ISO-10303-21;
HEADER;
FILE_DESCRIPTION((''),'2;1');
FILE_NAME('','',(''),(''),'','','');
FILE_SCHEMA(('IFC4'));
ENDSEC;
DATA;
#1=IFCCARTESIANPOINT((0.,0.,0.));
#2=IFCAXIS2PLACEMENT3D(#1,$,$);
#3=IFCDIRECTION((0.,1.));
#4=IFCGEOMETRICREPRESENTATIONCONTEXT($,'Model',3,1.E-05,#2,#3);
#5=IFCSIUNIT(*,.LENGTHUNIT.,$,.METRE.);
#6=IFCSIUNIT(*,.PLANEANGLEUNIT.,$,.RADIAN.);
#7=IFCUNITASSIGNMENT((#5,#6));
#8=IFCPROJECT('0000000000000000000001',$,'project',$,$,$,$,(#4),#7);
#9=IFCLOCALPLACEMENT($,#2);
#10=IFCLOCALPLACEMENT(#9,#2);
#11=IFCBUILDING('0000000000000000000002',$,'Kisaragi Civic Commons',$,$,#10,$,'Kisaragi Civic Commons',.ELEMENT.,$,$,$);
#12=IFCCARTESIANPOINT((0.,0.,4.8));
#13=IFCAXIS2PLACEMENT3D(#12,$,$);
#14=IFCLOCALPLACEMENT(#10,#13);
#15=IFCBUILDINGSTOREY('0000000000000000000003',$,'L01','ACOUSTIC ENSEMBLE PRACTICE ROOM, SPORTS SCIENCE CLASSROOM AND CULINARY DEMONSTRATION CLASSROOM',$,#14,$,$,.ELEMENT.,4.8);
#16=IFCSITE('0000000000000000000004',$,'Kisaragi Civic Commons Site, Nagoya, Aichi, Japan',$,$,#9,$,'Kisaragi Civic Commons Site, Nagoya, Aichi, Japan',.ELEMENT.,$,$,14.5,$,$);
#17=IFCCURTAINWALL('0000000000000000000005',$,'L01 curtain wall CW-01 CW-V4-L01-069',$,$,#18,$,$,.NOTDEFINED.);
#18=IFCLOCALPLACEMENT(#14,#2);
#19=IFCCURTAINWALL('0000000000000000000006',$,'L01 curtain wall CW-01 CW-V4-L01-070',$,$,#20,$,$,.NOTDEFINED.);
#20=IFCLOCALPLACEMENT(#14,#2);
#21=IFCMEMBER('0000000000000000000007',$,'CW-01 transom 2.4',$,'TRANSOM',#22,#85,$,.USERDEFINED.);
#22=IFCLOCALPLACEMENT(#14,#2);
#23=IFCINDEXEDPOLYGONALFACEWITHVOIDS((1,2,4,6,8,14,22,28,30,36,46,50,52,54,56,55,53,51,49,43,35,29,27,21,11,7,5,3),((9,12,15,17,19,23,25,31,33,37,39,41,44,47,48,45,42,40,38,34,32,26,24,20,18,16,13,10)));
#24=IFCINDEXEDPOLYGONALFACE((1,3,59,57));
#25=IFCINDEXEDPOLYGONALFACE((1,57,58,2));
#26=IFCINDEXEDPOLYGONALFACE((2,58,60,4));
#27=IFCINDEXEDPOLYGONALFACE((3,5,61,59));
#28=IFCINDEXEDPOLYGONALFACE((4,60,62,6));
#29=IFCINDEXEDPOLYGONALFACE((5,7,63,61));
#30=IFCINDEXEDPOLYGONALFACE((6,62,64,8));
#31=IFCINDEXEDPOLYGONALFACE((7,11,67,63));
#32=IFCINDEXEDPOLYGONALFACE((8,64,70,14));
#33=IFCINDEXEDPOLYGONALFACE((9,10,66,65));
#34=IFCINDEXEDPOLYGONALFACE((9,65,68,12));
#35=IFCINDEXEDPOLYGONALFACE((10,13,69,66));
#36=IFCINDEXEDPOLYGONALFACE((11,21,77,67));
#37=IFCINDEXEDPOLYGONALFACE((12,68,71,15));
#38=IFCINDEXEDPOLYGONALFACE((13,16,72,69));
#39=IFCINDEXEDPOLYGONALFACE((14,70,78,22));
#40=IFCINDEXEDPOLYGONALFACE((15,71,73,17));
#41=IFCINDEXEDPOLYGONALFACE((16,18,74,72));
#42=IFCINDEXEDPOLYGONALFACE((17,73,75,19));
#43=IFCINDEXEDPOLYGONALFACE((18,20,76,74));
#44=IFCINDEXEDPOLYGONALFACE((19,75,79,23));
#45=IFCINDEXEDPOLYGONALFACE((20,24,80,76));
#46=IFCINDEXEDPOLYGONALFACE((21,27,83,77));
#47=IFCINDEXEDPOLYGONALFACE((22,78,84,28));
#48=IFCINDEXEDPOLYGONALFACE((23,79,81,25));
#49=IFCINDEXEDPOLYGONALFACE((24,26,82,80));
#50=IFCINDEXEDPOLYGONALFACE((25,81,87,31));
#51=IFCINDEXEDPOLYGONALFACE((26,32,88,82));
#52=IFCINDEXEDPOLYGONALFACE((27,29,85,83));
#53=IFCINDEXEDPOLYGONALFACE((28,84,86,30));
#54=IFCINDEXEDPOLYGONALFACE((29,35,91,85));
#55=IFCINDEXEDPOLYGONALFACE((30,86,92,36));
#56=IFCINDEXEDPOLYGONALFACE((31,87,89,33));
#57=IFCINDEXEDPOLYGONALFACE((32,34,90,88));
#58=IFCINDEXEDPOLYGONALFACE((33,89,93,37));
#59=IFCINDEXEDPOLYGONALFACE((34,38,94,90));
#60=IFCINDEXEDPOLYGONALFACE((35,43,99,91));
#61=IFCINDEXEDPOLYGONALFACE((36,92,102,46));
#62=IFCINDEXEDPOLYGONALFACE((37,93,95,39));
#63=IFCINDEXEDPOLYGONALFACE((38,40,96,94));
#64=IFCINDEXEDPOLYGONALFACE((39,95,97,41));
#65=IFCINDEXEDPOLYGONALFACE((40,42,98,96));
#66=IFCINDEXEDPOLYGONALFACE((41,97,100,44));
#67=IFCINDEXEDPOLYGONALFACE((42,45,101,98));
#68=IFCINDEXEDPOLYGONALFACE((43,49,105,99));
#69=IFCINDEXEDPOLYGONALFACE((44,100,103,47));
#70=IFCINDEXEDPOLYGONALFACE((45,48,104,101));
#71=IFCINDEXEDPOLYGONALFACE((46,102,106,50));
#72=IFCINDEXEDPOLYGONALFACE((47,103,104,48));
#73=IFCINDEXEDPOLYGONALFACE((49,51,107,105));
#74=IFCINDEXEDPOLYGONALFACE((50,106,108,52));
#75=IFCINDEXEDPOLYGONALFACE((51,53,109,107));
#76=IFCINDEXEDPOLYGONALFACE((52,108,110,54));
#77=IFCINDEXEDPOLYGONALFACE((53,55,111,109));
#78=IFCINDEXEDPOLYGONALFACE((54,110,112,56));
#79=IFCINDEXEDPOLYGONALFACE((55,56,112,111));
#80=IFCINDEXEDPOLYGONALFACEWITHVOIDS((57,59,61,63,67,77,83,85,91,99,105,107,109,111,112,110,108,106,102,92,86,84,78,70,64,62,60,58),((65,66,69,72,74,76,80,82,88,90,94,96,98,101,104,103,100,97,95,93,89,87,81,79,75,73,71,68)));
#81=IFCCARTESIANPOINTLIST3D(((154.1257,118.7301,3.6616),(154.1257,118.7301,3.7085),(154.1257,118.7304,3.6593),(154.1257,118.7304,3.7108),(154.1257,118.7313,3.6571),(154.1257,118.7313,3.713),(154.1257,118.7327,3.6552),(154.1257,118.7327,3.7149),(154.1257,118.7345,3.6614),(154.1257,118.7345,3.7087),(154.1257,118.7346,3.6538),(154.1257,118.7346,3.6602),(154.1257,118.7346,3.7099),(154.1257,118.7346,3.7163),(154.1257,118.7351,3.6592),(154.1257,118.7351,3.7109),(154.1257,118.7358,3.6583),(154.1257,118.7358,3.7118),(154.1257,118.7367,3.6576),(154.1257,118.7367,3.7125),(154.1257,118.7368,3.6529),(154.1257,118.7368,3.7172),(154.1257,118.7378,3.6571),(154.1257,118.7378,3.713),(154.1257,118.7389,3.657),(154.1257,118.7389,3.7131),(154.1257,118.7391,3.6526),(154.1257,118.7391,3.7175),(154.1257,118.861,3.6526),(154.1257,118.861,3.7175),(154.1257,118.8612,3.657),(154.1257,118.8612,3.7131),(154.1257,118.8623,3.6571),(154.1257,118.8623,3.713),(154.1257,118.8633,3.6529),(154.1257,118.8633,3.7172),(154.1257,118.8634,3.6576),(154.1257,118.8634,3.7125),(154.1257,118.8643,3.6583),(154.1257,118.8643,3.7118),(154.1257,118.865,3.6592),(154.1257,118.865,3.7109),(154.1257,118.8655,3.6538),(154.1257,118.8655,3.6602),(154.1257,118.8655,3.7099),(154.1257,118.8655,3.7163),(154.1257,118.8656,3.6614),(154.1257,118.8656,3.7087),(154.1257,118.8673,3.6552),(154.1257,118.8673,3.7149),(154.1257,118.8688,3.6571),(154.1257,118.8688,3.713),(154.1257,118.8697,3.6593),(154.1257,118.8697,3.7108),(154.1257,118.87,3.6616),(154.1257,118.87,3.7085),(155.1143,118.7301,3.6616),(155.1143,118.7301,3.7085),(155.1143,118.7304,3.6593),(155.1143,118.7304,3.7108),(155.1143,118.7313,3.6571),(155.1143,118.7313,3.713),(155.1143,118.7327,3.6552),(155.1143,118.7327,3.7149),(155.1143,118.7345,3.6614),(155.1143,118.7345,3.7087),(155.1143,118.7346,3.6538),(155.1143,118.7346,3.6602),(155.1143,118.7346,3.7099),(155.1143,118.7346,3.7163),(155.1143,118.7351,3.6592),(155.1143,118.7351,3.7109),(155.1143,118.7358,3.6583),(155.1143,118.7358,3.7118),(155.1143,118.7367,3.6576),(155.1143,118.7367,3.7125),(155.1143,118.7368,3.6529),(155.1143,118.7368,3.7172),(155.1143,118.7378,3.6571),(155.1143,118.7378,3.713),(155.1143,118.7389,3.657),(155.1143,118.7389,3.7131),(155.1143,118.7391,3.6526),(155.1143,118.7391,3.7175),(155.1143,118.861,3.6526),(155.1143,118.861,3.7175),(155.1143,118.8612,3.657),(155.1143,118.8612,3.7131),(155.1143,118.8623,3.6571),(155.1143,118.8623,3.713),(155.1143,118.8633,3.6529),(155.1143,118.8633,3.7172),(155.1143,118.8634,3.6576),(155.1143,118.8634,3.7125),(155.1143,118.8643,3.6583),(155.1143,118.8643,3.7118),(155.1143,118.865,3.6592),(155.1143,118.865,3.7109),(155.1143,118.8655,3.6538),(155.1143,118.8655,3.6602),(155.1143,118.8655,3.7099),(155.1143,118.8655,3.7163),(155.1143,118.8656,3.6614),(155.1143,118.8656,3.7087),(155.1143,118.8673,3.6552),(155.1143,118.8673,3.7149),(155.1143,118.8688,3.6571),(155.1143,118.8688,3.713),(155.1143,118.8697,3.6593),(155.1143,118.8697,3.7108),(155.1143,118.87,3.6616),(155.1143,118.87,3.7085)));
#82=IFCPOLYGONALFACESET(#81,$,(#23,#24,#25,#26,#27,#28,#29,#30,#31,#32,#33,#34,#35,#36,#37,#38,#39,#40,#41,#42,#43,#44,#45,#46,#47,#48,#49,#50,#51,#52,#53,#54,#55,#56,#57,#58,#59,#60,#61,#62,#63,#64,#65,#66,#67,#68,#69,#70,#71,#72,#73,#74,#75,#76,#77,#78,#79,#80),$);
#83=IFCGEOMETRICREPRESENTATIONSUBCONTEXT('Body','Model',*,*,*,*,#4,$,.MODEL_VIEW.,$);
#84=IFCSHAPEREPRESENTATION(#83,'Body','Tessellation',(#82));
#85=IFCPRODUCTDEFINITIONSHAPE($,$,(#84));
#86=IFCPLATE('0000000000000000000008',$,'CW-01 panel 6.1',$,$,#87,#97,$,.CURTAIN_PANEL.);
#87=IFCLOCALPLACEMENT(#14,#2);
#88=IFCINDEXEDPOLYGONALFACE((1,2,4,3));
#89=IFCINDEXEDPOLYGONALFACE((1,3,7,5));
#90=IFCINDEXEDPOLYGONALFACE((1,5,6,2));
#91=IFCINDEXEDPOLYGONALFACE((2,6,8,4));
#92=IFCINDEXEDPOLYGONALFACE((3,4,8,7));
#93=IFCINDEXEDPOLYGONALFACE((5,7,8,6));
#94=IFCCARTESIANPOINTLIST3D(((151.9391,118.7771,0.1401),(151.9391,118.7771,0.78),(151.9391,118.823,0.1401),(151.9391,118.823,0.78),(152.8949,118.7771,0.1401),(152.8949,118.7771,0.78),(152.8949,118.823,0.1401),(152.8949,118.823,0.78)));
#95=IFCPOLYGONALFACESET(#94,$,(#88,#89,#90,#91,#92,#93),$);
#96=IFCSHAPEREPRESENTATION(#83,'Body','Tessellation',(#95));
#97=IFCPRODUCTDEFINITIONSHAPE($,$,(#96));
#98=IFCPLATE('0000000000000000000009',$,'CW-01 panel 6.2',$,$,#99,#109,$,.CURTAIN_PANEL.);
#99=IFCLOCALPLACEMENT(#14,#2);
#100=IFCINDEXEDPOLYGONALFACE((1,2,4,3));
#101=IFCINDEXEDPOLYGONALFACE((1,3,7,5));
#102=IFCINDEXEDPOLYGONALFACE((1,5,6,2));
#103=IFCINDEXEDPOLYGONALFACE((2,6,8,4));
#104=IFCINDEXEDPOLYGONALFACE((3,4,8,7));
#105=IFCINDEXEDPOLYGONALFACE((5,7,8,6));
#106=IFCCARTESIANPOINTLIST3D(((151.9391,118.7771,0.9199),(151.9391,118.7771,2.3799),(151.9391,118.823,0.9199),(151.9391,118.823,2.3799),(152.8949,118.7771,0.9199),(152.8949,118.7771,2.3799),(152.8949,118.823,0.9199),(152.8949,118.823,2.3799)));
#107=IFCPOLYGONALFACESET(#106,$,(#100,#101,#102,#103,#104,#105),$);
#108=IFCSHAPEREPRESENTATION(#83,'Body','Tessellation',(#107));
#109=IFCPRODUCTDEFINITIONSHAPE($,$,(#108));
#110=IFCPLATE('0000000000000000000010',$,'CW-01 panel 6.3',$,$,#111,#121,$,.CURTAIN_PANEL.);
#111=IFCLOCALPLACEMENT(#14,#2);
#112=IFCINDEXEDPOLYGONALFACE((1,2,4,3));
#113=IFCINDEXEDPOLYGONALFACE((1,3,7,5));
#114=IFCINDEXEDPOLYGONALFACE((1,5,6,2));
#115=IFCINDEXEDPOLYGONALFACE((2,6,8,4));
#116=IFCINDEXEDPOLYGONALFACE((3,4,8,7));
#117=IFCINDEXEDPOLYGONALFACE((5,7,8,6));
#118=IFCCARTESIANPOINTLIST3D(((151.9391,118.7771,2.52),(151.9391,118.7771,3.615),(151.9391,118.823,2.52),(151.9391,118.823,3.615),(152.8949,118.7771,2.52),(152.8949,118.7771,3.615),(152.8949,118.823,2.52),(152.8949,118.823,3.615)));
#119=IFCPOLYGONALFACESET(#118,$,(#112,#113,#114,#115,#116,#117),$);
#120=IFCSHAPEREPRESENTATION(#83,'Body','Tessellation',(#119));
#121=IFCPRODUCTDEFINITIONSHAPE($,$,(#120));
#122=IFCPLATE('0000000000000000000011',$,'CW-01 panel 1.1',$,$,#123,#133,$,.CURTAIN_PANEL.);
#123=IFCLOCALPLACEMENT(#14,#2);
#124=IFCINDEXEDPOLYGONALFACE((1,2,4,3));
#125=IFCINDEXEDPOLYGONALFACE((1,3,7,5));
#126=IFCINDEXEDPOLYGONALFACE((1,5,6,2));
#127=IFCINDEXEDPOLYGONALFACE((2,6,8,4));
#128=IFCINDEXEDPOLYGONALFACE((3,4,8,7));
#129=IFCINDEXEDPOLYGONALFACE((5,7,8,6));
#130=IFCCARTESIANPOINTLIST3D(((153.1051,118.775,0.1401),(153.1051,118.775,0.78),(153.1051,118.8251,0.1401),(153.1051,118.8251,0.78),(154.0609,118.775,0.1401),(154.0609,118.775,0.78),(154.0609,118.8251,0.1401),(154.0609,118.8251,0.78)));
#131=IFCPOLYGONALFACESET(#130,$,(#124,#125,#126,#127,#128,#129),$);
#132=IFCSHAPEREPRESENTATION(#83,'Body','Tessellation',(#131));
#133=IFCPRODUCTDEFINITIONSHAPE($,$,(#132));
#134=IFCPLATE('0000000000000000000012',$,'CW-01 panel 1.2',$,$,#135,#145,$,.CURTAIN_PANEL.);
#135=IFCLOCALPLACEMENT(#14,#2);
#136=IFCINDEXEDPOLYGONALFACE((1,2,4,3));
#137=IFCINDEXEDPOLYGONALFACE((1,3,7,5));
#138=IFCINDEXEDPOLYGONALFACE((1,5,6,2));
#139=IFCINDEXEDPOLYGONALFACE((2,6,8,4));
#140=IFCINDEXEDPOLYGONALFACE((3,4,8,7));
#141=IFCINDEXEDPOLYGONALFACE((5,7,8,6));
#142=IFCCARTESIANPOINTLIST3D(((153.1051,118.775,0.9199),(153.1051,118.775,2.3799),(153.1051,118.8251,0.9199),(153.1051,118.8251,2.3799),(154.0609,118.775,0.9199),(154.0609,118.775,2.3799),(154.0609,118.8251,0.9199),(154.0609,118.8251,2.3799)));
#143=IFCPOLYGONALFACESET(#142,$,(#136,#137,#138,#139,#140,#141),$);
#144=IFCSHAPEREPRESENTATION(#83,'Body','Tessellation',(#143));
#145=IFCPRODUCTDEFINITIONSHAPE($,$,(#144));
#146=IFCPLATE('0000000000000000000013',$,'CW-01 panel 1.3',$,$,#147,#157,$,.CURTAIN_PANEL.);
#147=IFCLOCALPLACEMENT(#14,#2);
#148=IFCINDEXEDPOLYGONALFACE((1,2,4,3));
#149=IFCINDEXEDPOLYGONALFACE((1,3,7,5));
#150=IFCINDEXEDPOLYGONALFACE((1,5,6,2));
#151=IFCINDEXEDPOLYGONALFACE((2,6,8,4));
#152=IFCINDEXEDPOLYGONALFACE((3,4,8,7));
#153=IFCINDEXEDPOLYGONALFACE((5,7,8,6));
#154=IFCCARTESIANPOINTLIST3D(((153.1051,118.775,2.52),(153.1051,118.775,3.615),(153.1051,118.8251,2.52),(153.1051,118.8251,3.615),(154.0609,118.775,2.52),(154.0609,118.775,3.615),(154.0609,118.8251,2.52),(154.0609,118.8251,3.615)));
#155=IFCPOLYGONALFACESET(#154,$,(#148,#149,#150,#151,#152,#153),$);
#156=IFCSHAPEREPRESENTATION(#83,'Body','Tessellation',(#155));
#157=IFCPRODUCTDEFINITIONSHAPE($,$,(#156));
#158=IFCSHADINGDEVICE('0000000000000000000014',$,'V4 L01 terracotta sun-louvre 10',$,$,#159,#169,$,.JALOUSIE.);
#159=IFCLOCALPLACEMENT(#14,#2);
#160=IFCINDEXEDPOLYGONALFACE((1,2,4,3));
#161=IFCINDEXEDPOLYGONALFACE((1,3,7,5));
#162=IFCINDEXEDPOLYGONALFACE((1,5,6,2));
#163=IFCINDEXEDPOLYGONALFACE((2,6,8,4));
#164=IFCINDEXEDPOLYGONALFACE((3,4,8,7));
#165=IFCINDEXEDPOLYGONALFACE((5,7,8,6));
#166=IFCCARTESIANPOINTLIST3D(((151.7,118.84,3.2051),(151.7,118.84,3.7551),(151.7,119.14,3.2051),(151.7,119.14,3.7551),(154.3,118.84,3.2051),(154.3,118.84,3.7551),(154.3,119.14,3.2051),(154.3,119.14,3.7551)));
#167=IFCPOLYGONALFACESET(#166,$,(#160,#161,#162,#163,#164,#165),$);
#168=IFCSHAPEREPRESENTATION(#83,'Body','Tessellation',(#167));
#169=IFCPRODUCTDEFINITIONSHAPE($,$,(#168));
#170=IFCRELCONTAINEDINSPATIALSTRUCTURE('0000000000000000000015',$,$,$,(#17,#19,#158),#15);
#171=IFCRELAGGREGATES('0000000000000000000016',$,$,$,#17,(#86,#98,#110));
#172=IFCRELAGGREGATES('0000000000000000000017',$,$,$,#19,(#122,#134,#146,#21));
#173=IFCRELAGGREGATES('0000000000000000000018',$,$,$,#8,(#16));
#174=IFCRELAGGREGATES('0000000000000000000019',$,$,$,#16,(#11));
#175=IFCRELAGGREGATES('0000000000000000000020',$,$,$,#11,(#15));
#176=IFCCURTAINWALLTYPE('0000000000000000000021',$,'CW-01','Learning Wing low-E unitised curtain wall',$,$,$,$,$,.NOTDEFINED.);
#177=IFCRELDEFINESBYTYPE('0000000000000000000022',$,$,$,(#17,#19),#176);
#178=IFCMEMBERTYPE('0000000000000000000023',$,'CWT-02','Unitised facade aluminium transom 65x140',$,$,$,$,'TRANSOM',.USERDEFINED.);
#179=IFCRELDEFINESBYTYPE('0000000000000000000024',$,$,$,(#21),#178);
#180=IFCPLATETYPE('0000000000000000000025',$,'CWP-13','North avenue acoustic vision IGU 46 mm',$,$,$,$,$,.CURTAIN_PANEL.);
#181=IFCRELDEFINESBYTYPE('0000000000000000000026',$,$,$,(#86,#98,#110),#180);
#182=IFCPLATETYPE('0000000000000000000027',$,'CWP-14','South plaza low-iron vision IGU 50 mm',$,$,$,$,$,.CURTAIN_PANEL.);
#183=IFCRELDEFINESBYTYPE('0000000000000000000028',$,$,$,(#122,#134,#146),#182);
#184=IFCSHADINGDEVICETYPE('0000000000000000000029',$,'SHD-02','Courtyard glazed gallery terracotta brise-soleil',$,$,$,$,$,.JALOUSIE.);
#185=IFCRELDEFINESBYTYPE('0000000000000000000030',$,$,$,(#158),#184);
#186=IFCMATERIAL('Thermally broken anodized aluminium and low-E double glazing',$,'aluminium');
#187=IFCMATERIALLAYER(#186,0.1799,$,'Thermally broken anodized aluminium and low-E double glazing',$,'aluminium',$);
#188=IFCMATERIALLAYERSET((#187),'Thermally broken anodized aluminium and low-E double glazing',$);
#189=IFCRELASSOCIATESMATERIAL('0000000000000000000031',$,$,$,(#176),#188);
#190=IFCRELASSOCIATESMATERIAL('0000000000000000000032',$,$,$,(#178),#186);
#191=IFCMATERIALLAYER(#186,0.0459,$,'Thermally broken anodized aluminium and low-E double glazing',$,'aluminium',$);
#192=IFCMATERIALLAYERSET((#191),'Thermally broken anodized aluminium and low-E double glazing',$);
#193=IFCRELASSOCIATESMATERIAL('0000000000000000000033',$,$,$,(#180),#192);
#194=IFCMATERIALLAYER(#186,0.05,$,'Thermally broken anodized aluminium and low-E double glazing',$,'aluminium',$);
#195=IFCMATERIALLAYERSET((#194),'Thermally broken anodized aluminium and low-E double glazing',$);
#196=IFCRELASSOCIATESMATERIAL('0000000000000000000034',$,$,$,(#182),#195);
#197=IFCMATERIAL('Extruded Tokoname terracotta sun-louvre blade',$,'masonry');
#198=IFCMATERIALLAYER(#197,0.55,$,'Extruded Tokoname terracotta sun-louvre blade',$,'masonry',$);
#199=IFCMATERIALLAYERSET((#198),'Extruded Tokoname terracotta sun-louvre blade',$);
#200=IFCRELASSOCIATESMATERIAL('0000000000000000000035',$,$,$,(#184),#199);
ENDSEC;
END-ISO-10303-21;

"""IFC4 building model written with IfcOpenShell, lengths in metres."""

from ifc_helpers import new_model, si_unit, direction, frame, origin, origin_2d, place, context, subcontext, project, spatial, rectangle, hollow_rectangle, extrude, material, layer, layer_set, material_profile, profile_set, type_object, element, aggregate, save


model = new_model("IFC4")

# Units and contexts
model_context = context("Model", 3, precision=1e-05, world=origin(), true_north=direction((0.0, 1.0)))
body_context = subcontext(model_context, "Body", "Model", "MODEL_VIEW")
ifc_project = project(units=[si_unit("LENGTHUNIT", "METRE"), si_unit("PLANEANGLEUNIT", "RADIAN")], contexts=[model_context])

# Site, building, storey
site_placement = place(None, origin())
site = spatial("IfcSite", under=ifc_project, at=site_placement, Name="Kisaragi Civic Commons Site, Nagoya, Aichi, Japan", LongName="Kisaragi Civic Commons Site, Nagoya, Aichi, Japan", CompositionType="ELEMENT", RefElevation=14.5)
building_placement = place(site_placement, origin())
building = spatial("IfcBuilding", under=site, at=building_placement, Name="Kisaragi Civic Commons", LongName="Kisaragi Civic Commons", CompositionType="ELEMENT")
storey_placement = place(building_placement, frame((0.0, 0.0, 4.8)))
storey = spatial("IfcBuildingStorey", under=building, at=storey_placement, Name="L01", Description="ACOUSTIC ENSEMBLE PRACTICE ROOM, SPORTS SCIENCE CLASSROOM AND CULINARY DEMONSTRATION CLASSROOM", CompositionType="ELEMENT", Elevation=4.8)

# Curtain wall
ifc_material_1 = material(Name="Thermally broken anodized aluminium and low-E double glazing", Category="aluminium")
ifc_layer_1 = layer(ifc_material_1, 0.1799, Name="Thermally broken anodized aluminium and low-E double glazing", Category="aluminium")
ifc_layer_set_1 = layer_set([ifc_layer_1], Name="Thermally broken anodized aluminium and low-E double glazing")
curtain_wall_type = type_object("IfcCurtainWallType", Name="CW-01", Description="Learning Wing low-E unitised curtain wall", PredefinedType="NOTDEFINED", material=ifc_layer_set_1)
curtain_wall_1_placement = place(storey_placement, origin())
curtain_wall_1 = element("IfcCurtainWall", 1, at=curtain_wall_1_placement, inside=storey, type_object=curtain_wall_type, Name="L01 curtain wall CW-01 CW-V4-L01-069", PredefinedType="NOTDEFINED")

# Curtain wall
curtain_wall_2_placement = place(storey_placement, origin())
curtain_wall_2 = element("IfcCurtainWall", 2, at=curtain_wall_2_placement, inside=storey, type_object=curtain_wall_type, Name="L01 curtain wall CW-01 CW-V4-L01-070", PredefinedType="NOTDEFINED")

# Member
ifc_material_profile_1 = material_profile(ifc_material_1, hollow_rectangle(XDim=0.1399, YDim=0.0649, WallThickness=0.0044, InnerFilletRadius=0.0044, OuterFilletRadius=0.009, at=origin_2d()), Name="CWT-65x140x4.5", Category="aluminium")
ifc_profile_set_1 = profile_set([ifc_material_profile_1], Name="Thermally broken anodized aluminium and low-E double glazing")
member_type_1 = type_object("IfcMemberType", Name="CWT-02", Description="Unitised facade aluminium transom 65x140", ElementType="TRANSOM", PredefinedType="USERDEFINED", material=ifc_profile_set_1)
member_1_placement = place(storey_placement, frame((154.1257, 118.8, 3.6851), z_axis=(1.0, 0.0, 0.0), x_axis=(0.0, 1.0, 0.0)))
member_1 = element("IfcMember", 3, at=member_1_placement, type_object=member_type_1, Name="CW-01 transom 2.4", ObjectType="TRANSOM", PredefinedType="USERDEFINED", context=body_context, shape_type="SweptSolid", body=[
    extrude(hollow_rectangle(XDim=0.1399, YDim=0.0649, WallThickness=0.0044, InnerFilletRadius=0.0044, OuterFilletRadius=0.009, at=origin_2d()), origin(), (0.0, 0.0, 1.0), 0.9885),
])

# Plates
ifc_layer_2 = layer(ifc_material_1, 0.0459, Name="Thermally broken anodized aluminium and low-E double glazing", Category="aluminium")
ifc_layer_set_2 = layer_set([ifc_layer_2], Name="Thermally broken anodized aluminium and low-E double glazing")
plate_type_1 = type_object("IfcPlateType", Name="CWP-13", Description="North avenue acoustic vision IGU 46 mm", PredefinedType="CURTAIN_PANEL", material=ifc_layer_set_2)
plate_1_placement = place(storey_placement, frame((152.417, 118.8, 0.1401), z_axis=(0.0, 0.0, 1.0), x_axis=(1.0, 0.0, 0.0)))
plate_1 = element("IfcPlate", 4, at=plate_1_placement, type_object=plate_type_1, Name="CW-01 panel 6.1", PredefinedType="CURTAIN_PANEL", context=body_context, shape_type="SweptSolid", body=[
    extrude(rectangle(XDim=0.9558, YDim=0.0459, at=origin_2d()), origin(), (0.0, 0.0, 1.0), 0.6399),
])
plate_2_placement = place(storey_placement, frame((152.417, 118.8, 0.9199), z_axis=(0.0, 0.0, 1.0), x_axis=(1.0, 0.0, 0.0)))
plate_2 = element("IfcPlate", 5, at=plate_2_placement, type_object=plate_type_1, Name="CW-01 panel 6.2", PredefinedType="CURTAIN_PANEL", context=body_context, shape_type="SweptSolid", body=[
    extrude(rectangle(XDim=0.9558, YDim=0.0459, at=origin_2d()), origin(), (0.0, 0.0, 1.0), 1.46),
])
plate_3_placement = place(storey_placement, frame((152.417, 118.8, 2.52), z_axis=(0.0, 0.0, 1.0), x_axis=(1.0, 0.0, 0.0)))
plate_3 = element("IfcPlate", 6, at=plate_3_placement, type_object=plate_type_1, Name="CW-01 panel 6.3", PredefinedType="CURTAIN_PANEL", context=body_context, shape_type="SweptSolid", body=[
    extrude(rectangle(XDim=0.9558, YDim=0.0459, at=origin_2d()), origin(), (0.0, 0.0, 1.0), 1.095),
])
aggregate(curtain_wall_1, [plate_1, plate_2, plate_3])
ifc_layer_3 = layer(ifc_material_1, 0.05, Name="Thermally broken anodized aluminium and low-E double glazing", Category="aluminium")
ifc_layer_set_3 = layer_set([ifc_layer_3], Name="Thermally broken anodized aluminium and low-E double glazing")
plate_type_2 = type_object("IfcPlateType", Name="CWP-14", Description="South plaza low-iron vision IGU 50 mm", PredefinedType="CURTAIN_PANEL", material=ifc_layer_set_3)
plate_4_placement = place(storey_placement, frame((153.583, 118.8, 0.1401), z_axis=(0.0, 0.0, 1.0), x_axis=(1.0, 0.0, 0.0)))
plate_4 = element("IfcPlate", 7, at=plate_4_placement, type_object=plate_type_2, Name="CW-01 panel 1.1", PredefinedType="CURTAIN_PANEL", context=body_context, shape_type="SweptSolid", body=[
    extrude(rectangle(XDim=0.9558, YDim=0.05, at=origin_2d()), origin(), (0.0, 0.0, 1.0), 0.6399),
])
plate_5_placement = place(storey_placement, frame((153.583, 118.8, 0.9199), z_axis=(0.0, 0.0, 1.0), x_axis=(1.0, 0.0, 0.0)))
plate_5 = element("IfcPlate", 8, at=plate_5_placement, type_object=plate_type_2, Name="CW-01 panel 1.2", PredefinedType="CURTAIN_PANEL", context=body_context, shape_type="SweptSolid", body=[
    extrude(rectangle(XDim=0.9558, YDim=0.05, at=origin_2d()), origin(), (0.0, 0.0, 1.0), 1.46),
])
plate_6_placement = place(storey_placement, frame((153.583, 118.8, 2.52), z_axis=(0.0, 0.0, 1.0), x_axis=(1.0, 0.0, 0.0)))
plate_6 = element("IfcPlate", 9, at=plate_6_placement, type_object=plate_type_2, Name="CW-01 panel 1.3", PredefinedType="CURTAIN_PANEL", context=body_context, shape_type="SweptSolid", body=[
    extrude(rectangle(XDim=0.9558, YDim=0.05, at=origin_2d()), origin(), (0.0, 0.0, 1.0), 1.095),
])
aggregate(curtain_wall_2, [plate_4, plate_5, plate_6, member_1])

# Shading device
ifc_material_2 = material(Name="Extruded Tokoname terracotta sun-louvre blade", Category="masonry")
ifc_layer_4 = layer(ifc_material_2, 0.55, Name="Extruded Tokoname terracotta sun-louvre blade", Category="masonry")
ifc_layer_set_4 = layer_set([ifc_layer_4], Name="Extruded Tokoname terracotta sun-louvre blade")
shading_device_type = type_object("IfcShadingDeviceType", Name="SHD-02", Description="Courtyard glazed gallery terracotta brise-soleil", PredefinedType="JALOUSIE", material=ifc_layer_set_4)
shading_device_placement = place(storey_placement, frame((153.0, 118.99, 3.2051), z_axis=(0.0, 0.0, 1.0), x_axis=(1.0, 0.0, 0.0)))
element("IfcShadingDevice", 10, at=shading_device_placement, inside=storey, type_object=shading_device_type, Name="V4 L01 terracotta sun-louvre 10", PredefinedType="JALOUSIE", context=body_context, shape_type="SweptSolid", body=[
    extrude(rectangle(XDim=2.6001, YDim=0.3, at=origin_2d()), origin(), (0.0, 0.0, 1.0), 0.55),
])

save(model, "model.ifc")
